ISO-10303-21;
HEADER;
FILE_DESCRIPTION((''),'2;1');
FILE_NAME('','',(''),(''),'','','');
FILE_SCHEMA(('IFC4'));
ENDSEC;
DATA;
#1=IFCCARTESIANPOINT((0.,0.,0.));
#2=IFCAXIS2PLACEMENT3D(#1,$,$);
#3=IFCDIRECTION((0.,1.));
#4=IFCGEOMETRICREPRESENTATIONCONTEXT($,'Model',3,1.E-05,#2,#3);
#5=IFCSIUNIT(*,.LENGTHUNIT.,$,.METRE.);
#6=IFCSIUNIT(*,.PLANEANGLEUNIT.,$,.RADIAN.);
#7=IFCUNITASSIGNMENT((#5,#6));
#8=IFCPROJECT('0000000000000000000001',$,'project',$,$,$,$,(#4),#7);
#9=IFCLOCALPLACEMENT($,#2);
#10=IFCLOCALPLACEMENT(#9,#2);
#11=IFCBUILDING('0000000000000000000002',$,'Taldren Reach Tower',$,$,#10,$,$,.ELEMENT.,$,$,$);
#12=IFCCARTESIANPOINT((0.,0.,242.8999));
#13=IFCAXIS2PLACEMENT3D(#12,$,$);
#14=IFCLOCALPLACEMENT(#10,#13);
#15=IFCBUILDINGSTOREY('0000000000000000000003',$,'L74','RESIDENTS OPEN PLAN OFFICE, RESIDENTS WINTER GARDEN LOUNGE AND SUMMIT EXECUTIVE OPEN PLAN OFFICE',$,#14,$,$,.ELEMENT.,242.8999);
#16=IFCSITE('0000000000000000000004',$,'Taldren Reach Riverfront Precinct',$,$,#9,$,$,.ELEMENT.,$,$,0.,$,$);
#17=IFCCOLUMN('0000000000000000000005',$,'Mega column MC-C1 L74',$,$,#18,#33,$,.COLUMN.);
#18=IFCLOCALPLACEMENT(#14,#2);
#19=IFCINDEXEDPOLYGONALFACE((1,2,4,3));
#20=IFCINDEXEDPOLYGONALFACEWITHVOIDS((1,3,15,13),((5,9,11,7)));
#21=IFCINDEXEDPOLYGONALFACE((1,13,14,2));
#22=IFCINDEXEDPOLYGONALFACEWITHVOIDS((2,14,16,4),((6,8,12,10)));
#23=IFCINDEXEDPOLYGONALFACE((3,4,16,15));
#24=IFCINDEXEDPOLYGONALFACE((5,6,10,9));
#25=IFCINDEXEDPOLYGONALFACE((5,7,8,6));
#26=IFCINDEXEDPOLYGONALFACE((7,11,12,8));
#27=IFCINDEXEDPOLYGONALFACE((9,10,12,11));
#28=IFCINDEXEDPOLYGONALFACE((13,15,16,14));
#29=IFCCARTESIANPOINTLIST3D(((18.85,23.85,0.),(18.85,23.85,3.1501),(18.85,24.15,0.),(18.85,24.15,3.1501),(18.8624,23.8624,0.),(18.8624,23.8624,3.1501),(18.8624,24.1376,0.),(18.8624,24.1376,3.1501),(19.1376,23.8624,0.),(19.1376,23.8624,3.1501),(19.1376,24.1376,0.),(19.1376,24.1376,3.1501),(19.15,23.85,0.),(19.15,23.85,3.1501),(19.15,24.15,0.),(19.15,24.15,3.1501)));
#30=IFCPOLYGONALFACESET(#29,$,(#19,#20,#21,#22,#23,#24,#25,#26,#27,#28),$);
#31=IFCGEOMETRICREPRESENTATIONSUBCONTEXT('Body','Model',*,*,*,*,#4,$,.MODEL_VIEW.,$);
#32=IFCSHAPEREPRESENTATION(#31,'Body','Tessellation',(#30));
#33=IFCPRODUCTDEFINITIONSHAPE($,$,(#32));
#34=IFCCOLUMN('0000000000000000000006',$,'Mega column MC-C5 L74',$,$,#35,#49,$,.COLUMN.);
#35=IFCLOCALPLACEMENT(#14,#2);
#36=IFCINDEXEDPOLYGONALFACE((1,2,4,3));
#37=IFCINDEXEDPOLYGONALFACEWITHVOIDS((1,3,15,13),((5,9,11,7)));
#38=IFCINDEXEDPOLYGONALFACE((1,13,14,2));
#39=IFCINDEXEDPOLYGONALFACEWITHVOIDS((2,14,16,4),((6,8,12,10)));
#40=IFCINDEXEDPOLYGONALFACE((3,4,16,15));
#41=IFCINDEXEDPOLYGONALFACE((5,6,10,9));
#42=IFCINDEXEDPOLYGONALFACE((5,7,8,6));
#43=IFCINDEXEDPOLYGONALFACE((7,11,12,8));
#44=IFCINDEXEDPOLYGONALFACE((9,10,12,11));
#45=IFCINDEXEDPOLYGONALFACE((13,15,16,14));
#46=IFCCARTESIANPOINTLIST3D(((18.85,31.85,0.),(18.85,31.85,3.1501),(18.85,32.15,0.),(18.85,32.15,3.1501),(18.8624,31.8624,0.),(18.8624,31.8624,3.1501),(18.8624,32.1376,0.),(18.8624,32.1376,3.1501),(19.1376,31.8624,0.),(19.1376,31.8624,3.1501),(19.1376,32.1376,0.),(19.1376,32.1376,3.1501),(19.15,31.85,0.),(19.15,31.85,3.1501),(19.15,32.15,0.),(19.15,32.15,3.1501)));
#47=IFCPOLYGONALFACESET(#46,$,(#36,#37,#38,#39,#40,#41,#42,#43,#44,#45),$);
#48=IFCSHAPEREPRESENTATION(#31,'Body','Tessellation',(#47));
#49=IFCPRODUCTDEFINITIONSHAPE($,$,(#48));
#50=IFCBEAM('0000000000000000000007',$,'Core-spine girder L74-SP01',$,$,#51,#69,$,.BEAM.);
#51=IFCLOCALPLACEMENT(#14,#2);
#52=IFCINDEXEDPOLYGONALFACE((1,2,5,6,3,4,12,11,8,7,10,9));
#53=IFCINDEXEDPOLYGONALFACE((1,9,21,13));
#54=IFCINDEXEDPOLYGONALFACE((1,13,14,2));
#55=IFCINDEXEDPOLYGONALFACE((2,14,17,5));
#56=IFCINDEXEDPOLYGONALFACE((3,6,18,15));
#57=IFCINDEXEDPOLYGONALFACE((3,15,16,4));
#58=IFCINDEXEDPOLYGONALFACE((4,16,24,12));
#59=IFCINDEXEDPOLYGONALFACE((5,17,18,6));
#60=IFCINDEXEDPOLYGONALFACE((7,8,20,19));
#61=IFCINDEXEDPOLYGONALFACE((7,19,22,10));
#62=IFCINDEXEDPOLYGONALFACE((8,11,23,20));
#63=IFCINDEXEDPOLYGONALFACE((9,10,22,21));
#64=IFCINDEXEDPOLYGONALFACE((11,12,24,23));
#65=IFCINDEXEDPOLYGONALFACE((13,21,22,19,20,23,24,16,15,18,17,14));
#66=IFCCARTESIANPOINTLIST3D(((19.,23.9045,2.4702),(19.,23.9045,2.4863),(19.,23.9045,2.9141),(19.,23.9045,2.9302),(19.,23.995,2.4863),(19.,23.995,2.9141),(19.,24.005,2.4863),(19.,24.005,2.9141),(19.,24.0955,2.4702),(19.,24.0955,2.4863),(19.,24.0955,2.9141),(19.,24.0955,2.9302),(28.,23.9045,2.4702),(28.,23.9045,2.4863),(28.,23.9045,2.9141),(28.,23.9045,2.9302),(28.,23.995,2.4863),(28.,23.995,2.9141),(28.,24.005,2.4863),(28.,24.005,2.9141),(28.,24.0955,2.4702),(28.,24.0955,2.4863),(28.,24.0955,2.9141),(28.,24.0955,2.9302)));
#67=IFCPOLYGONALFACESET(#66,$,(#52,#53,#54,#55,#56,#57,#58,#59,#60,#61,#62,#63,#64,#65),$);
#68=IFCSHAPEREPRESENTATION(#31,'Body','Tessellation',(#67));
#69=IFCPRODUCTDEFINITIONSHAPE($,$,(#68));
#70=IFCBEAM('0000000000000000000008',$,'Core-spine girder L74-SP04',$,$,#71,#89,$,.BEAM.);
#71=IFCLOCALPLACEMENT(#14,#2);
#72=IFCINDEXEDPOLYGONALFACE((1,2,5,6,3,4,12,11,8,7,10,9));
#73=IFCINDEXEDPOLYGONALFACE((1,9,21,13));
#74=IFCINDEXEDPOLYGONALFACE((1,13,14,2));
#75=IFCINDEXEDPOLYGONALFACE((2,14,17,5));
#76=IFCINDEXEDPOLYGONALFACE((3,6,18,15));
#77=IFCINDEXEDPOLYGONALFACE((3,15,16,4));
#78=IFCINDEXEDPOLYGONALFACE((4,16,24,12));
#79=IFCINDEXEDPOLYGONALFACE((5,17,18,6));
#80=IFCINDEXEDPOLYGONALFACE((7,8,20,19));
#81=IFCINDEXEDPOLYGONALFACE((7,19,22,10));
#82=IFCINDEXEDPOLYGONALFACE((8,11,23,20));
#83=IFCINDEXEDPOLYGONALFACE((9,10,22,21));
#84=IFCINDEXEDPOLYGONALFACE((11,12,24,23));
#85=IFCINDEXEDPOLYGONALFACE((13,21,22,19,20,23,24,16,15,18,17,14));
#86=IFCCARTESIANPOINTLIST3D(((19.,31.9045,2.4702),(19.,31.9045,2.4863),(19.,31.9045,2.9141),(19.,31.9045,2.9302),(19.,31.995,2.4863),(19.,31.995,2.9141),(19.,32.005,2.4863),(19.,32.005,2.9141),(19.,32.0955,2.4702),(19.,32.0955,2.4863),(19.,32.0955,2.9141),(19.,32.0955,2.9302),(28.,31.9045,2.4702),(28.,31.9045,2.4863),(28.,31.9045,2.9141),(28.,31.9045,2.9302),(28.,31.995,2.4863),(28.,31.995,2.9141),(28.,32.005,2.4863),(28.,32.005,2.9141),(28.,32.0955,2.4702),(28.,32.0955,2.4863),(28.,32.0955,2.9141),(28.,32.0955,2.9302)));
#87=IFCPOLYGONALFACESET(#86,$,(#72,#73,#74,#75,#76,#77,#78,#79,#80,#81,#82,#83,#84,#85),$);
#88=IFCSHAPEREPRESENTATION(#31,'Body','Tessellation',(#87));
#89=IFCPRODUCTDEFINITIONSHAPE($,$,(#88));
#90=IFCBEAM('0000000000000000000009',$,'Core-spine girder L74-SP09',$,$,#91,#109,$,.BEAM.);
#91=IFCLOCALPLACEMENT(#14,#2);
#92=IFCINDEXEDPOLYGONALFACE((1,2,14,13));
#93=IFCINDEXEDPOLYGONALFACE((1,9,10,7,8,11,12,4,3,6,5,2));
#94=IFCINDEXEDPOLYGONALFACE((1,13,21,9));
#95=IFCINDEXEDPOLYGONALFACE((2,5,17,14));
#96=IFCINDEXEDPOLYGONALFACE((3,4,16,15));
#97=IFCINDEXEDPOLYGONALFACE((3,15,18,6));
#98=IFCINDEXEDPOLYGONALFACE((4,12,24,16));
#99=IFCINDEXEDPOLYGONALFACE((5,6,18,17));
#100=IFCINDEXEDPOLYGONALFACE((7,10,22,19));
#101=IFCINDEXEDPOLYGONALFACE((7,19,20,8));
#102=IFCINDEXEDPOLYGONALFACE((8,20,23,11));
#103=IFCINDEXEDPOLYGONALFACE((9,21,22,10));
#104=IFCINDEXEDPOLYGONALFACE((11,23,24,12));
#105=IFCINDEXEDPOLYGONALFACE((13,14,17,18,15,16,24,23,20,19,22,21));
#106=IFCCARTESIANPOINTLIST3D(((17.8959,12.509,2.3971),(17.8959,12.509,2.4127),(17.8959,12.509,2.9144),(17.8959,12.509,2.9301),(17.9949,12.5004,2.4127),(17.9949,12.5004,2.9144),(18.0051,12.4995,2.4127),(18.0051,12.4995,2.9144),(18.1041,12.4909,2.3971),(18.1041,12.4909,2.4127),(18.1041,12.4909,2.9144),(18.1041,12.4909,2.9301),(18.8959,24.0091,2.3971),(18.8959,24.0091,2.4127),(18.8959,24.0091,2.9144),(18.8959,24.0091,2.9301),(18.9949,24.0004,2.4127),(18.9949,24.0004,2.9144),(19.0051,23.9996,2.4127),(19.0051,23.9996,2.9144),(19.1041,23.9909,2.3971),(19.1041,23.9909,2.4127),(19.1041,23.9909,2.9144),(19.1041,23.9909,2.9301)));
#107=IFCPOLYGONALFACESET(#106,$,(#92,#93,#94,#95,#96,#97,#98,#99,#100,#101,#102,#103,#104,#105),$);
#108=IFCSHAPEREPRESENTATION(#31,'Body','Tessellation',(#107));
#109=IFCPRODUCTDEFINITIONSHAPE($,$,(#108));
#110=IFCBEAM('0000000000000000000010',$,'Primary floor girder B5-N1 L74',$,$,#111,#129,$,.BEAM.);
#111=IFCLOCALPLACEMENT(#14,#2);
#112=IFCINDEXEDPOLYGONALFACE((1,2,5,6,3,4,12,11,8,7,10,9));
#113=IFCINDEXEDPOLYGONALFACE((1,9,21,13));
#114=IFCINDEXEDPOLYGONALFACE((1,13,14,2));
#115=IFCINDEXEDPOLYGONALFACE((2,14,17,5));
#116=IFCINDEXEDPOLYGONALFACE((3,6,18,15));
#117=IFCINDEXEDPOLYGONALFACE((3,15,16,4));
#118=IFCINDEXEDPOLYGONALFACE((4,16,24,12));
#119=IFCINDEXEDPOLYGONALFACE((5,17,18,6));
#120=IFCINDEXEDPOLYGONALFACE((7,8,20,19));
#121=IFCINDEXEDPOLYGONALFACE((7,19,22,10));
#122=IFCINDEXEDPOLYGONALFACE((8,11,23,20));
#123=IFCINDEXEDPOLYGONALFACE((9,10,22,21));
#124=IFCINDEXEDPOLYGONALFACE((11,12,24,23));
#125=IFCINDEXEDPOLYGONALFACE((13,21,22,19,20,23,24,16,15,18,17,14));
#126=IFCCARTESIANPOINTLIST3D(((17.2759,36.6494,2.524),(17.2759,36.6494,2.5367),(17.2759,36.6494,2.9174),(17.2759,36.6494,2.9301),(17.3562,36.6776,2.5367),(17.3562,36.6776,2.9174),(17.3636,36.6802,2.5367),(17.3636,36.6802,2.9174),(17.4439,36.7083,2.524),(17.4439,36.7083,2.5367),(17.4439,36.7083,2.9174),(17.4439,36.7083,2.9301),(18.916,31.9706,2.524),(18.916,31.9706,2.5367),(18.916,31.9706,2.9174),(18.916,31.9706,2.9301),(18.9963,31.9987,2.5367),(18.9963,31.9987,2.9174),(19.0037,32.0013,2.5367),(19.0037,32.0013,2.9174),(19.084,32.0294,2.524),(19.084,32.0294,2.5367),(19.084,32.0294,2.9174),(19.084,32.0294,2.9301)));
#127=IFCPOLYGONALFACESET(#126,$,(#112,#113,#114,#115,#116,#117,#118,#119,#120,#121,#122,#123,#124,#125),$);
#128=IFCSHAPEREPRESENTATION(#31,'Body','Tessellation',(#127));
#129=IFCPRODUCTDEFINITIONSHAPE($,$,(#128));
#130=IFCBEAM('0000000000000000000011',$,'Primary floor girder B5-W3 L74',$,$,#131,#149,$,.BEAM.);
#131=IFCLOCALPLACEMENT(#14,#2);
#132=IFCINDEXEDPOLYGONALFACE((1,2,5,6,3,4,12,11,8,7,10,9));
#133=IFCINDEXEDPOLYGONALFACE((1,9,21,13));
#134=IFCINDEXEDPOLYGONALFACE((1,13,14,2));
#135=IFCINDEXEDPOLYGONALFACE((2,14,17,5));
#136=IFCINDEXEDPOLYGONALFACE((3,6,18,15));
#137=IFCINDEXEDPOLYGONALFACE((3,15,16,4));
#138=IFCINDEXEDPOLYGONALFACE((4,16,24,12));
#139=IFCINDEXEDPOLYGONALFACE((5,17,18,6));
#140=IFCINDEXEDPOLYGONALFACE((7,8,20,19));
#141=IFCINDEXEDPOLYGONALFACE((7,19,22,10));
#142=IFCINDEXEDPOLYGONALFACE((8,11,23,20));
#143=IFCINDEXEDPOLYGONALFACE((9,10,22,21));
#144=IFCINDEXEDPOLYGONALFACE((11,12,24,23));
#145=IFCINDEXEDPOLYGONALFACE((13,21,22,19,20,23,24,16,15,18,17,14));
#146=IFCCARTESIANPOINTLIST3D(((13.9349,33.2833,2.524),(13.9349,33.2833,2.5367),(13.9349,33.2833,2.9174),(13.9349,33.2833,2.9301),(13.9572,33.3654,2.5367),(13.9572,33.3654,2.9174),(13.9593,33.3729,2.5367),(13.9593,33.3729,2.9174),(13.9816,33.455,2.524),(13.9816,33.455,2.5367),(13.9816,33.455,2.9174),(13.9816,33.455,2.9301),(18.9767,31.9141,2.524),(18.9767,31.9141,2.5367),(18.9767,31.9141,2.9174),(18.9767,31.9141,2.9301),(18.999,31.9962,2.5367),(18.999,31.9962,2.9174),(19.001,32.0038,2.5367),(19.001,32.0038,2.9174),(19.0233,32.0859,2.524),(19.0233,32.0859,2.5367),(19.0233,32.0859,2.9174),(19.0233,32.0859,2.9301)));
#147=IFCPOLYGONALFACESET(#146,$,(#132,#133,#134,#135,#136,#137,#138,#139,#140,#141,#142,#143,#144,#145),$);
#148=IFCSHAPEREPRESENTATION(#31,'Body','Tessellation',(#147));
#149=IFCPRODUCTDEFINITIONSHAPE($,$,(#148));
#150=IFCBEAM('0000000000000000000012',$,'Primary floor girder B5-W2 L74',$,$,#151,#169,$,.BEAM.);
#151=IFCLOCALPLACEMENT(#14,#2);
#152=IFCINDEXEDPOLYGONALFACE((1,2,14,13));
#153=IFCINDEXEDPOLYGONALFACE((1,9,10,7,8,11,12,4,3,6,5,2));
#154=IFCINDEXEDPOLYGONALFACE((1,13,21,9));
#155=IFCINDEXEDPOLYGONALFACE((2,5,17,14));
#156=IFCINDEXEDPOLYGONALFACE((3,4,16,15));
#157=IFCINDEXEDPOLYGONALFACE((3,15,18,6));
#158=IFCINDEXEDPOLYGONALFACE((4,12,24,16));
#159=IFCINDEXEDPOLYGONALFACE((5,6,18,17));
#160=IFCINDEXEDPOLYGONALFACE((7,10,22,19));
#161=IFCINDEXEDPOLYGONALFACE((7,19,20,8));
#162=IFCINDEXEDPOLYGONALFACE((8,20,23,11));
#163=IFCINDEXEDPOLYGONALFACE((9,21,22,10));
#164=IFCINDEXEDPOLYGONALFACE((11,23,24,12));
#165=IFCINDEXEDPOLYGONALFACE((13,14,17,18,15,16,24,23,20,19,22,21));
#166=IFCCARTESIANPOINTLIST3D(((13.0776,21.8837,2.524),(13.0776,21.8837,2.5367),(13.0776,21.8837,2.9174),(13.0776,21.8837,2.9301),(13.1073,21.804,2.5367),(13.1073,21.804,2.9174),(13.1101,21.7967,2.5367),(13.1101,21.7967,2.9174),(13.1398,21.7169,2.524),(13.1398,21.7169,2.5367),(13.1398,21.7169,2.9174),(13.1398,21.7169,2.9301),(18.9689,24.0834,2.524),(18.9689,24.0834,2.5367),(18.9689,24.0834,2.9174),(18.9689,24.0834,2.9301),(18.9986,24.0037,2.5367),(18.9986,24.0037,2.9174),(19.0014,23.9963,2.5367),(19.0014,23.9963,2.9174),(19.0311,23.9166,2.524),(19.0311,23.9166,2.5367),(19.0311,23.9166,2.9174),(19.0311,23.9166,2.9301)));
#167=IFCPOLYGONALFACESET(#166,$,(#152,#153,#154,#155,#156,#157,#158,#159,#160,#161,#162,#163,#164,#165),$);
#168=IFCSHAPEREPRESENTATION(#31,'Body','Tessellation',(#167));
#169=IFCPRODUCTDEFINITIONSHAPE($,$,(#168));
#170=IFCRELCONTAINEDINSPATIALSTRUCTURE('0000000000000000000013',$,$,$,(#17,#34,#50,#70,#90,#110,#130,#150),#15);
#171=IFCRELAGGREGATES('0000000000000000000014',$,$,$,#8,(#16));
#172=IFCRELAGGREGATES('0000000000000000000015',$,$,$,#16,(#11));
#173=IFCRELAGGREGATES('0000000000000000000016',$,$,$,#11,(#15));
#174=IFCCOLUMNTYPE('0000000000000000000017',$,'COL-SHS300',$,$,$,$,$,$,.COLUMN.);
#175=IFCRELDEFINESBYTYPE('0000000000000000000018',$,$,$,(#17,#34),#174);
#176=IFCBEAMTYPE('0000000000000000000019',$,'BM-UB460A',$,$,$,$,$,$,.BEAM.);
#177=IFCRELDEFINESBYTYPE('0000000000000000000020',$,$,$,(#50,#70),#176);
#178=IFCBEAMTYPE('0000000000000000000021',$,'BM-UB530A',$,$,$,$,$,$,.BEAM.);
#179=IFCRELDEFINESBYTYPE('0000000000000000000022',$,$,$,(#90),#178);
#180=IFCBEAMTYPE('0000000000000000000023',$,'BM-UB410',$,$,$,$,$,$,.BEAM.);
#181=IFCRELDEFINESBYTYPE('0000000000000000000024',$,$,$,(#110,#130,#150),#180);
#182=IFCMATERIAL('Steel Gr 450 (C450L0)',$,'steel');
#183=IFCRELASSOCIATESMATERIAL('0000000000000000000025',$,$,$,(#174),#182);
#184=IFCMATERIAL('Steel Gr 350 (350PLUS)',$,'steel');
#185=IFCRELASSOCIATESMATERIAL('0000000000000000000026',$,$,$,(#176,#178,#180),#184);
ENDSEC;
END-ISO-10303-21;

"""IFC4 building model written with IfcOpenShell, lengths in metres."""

from ifc_helpers import new_model, si_unit, direction, frame, origin, origin_2d, place, context, subcontext, project, spatial, hollow_rectangle, i_section, extrude, source, transform, mapped, material, material_profile, profile_set, type_object, element, save


model = new_model("IFC4")

# Units and contexts
model_context = context("Model", 3, precision=1e-05, world=origin(), true_north=direction((0.0, 1.0)))
body_context = subcontext(model_context, "Body", "Model", "MODEL_VIEW")
ifc_project = project(units=[si_unit("LENGTHUNIT", "METRE"), si_unit("PLANEANGLEUNIT", "RADIAN")], contexts=[model_context])

# Site, building, storey
site_placement = place(None, origin())
site = spatial("IfcSite", under=ifc_project, at=site_placement, Name="Taldren Reach Riverfront Precinct", CompositionType="ELEMENT", RefElevation=0.0)
building_placement = place(site_placement, origin())
building = spatial("IfcBuilding", under=site, at=building_placement, Name="Taldren Reach Tower", CompositionType="ELEMENT")
storey_placement = place(building_placement, frame((0.0, 0.0, 242.8999)))
storey = spatial("IfcBuildingStorey", under=building, at=storey_placement, Name="L74", Description="RESIDENTS OPEN PLAN OFFICE, RESIDENTS WINTER GARDEN LOUNGE AND SUMMIT EXECUTIVE OPEN PLAN OFFICE", CompositionType="ELEMENT", Elevation=242.8999)

# Columns
ifc_material_1 = material(Name="Steel Gr 450 (C450L0)", Category="steel")
ifc_material_profile_1 = material_profile(ifc_material_1, hollow_rectangle(XDim=0.3, YDim=0.3, WallThickness=0.0125, at=origin_2d()), Name="300x300x12.5SHS")
ifc_profile_set_1 = profile_set([ifc_material_profile_1], Name="Steel Gr 450 (C450L0)")
column_type = type_object("IfcColumnType", Name="COL-SHS300", PredefinedType="COLUMN", material=ifc_profile_set_1)
shared_shape_1 = source(origin(), body_context, "Body", "SweptSolid", [
    extrude(hollow_rectangle(XDim=0.3, YDim=0.3, WallThickness=0.0125, at=origin_2d()), origin(), (0.0, 0.0, 1.0), 3.1501),
])
for number, where, z_axis, x_axis, name in (
    (1, (19.0, 24.0, 0.0), (0.0, 0.0, 1.0), (1.0, 0.0, 0.0), "Mega column MC-C1 L74"),
    (2, (19.0, 32.0, 0.0), (0.0, 0.0, 1.0), (1.0, 0.0, 0.0), "Mega column MC-C5 L74"),
):
    element("IfcColumn", number, at=place(storey_placement, frame(where, z_axis=z_axis, x_axis=x_axis)), inside=storey, type_object=column_type, Name=name, PredefinedType="COLUMN", context=body_context, shape_type="MappedRepresentation", body=[
        mapped(shared_shape_1, transform((0.0, 0.0, 0.0), scale=1.0)),
    ])

# Beams
ifc_material_2 = material(Name="Steel Gr 350 (350PLUS)", Category="steel")
ifc_material_profile_2 = material_profile(ifc_material_2, i_section(OverallWidth=0.1909, OverallDepth=0.46, WebThickness=0.01, FlangeThickness=0.0161, at=origin_2d()), Name="460UB82.1")
ifc_profile_set_2 = profile_set([ifc_material_profile_2], Name="Steel Gr 350 (350PLUS)")
beam_type_1 = type_object("IfcBeamType", Name="BM-UB460A", PredefinedType="BEAM", material=ifc_profile_set_2)
shared_shape_2 = source(origin(), body_context, "Body", "SweptSolid", [
    extrude(i_section(OverallWidth=0.1909, OverallDepth=0.46, WebThickness=0.01, FlangeThickness=0.0161, at=origin_2d()), origin(), (0.0, 0.0, 1.0), 9.0),
])
for number, where, z_axis, x_axis, name in (
    (3, (19.0, 24.0, 2.7002), (1.0, 0.0, 0.0), (0.0, 1.0, 0.0), "Core-spine girder L74-SP01"),
    (4, (19.0, 32.0, 2.7002), (1.0, 0.0, 0.0), (0.0, 1.0, 0.0), "Core-spine girder L74-SP04"),
):
    element("IfcBeam", number, at=place(storey_placement, frame(where, z_axis=z_axis, x_axis=x_axis)), inside=storey, type_object=beam_type_1, Name=name, PredefinedType="BEAM", context=body_context, shape_type="MappedRepresentation", body=[
        mapped(shared_shape_2, transform((0.0, 0.0, 0.0), scale=1.0)),
    ])
ifc_material_profile_3 = material_profile(ifc_material_2, i_section(OverallWidth=0.209, OverallDepth=0.533, WebThickness=0.0103, FlangeThickness=0.0156, at=origin_2d()), Name="530UB92.4")
ifc_profile_set_3 = profile_set([ifc_material_profile_3], Name="Steel Gr 350 (350PLUS)")
beam_type_2 = type_object("IfcBeamType", Name="BM-UB530A", PredefinedType="BEAM", material=ifc_profile_set_3)
shared_shape_3 = source(origin(), body_context, "Body", "SweptSolid", [
    extrude(i_section(OverallWidth=0.209, OverallDepth=0.533, WebThickness=0.0103, FlangeThickness=0.0156, at=origin_2d()), origin(), (0.0, 0.0, 1.0), 11.5435),
])
beam_1_placement = place(storey_placement, frame((19.0, 24.0, 2.6636), z_axis=(-0.08663, -0.996241, 0.0), x_axis=(0.996241, -0.08663, 0.0)))
element("IfcBeam", 5, at=beam_1_placement, inside=storey, type_object=beam_type_2, Name="Core-spine girder L74-SP09", PredefinedType="BEAM", context=body_context, shape_type="MappedRepresentation", body=[
    mapped(shared_shape_3, transform((0.0, 0.0, 0.0), scale=1.0)),
])
ifc_material_profile_4 = material_profile(ifc_material_2, i_section(OverallWidth=0.178, OverallDepth=0.406, WebThickness=0.0078, FlangeThickness=0.0127, at=origin_2d()), Name="410UB59.7")
ifc_profile_set_4 = profile_set([ifc_material_profile_4], Name="Steel Gr 350 (350PLUS)")
beam_type_3 = type_object("IfcBeamType", Name="BM-UB410", PredefinedType="BEAM", material=ifc_profile_set_4)
shared_shape_4 = source(origin(), body_context, "Body", "SweptSolid", [
    extrude(i_section(OverallWidth=0.178, OverallDepth=0.406, WebThickness=0.0078, FlangeThickness=0.0127, at=origin_2d()), origin(), (0.0, 0.0, 1.0), 4.958),
])
beam_2_placement = place(storey_placement, frame((19.0, 32.0, 2.7271), z_axis=(-0.3308, 0.943701, 0.0), x_axis=(-0.943701, -0.3308, 0.0)))
element("IfcBeam", 6, at=beam_2_placement, inside=storey, type_object=beam_type_3, Name="Primary floor girder B5-N1 L74", PredefinedType="BEAM", context=body_context, shape_type="MappedRepresentation", body=[
    mapped(shared_shape_4, transform((0.0, 0.0, 0.0), scale=1.0)),
])
shared_shape_5 = source(origin(), body_context, "Body", "SweptSolid", [
    extrude(i_section(OverallWidth=0.178, OverallDepth=0.406, WebThickness=0.0078, FlangeThickness=0.0127, at=origin_2d()), origin(), (0.0, 0.0, 1.0), 5.2244),
])
beam_3_placement = place(storey_placement, frame((19.0, 32.0, 2.7271), z_axis=(-0.965049, 0.262069, 0.0), x_axis=(-0.262069, -0.965049, 0.0)))
element("IfcBeam", 7, at=beam_3_placement, inside=storey, type_object=beam_type_3, Name="Primary floor girder B5-W3 L74", PredefinedType="BEAM", context=body_context, shape_type="MappedRepresentation", body=[
    mapped(shared_shape_5, transform((0.0, 0.0, 0.0), scale=1.0)),
])
shared_shape_6 = source(origin(), body_context, "Body", "SweptSolid", [
    extrude(i_section(OverallWidth=0.178, OverallDepth=0.406, WebThickness=0.0078, FlangeThickness=0.0127, at=origin_2d()), origin(), (0.0, 0.0, 1.0), 6.2886),
])
beam_4_placement = place(storey_placement, frame((19.0, 24.0, 2.7271), z_axis=(-0.936828, -0.349791, 0.0), x_axis=(0.349791, -0.936828, 0.0)))
element("IfcBeam", 8, at=beam_4_placement, inside=storey, type_object=beam_type_3, Name="Primary floor girder B5-W2 L74", PredefinedType="BEAM", context=body_context, shape_type="MappedRepresentation", body=[
    mapped(shared_shape_6, transform((0.0, 0.0, 0.0), scale=1.0)),
])

save(model, "model.ifc")
